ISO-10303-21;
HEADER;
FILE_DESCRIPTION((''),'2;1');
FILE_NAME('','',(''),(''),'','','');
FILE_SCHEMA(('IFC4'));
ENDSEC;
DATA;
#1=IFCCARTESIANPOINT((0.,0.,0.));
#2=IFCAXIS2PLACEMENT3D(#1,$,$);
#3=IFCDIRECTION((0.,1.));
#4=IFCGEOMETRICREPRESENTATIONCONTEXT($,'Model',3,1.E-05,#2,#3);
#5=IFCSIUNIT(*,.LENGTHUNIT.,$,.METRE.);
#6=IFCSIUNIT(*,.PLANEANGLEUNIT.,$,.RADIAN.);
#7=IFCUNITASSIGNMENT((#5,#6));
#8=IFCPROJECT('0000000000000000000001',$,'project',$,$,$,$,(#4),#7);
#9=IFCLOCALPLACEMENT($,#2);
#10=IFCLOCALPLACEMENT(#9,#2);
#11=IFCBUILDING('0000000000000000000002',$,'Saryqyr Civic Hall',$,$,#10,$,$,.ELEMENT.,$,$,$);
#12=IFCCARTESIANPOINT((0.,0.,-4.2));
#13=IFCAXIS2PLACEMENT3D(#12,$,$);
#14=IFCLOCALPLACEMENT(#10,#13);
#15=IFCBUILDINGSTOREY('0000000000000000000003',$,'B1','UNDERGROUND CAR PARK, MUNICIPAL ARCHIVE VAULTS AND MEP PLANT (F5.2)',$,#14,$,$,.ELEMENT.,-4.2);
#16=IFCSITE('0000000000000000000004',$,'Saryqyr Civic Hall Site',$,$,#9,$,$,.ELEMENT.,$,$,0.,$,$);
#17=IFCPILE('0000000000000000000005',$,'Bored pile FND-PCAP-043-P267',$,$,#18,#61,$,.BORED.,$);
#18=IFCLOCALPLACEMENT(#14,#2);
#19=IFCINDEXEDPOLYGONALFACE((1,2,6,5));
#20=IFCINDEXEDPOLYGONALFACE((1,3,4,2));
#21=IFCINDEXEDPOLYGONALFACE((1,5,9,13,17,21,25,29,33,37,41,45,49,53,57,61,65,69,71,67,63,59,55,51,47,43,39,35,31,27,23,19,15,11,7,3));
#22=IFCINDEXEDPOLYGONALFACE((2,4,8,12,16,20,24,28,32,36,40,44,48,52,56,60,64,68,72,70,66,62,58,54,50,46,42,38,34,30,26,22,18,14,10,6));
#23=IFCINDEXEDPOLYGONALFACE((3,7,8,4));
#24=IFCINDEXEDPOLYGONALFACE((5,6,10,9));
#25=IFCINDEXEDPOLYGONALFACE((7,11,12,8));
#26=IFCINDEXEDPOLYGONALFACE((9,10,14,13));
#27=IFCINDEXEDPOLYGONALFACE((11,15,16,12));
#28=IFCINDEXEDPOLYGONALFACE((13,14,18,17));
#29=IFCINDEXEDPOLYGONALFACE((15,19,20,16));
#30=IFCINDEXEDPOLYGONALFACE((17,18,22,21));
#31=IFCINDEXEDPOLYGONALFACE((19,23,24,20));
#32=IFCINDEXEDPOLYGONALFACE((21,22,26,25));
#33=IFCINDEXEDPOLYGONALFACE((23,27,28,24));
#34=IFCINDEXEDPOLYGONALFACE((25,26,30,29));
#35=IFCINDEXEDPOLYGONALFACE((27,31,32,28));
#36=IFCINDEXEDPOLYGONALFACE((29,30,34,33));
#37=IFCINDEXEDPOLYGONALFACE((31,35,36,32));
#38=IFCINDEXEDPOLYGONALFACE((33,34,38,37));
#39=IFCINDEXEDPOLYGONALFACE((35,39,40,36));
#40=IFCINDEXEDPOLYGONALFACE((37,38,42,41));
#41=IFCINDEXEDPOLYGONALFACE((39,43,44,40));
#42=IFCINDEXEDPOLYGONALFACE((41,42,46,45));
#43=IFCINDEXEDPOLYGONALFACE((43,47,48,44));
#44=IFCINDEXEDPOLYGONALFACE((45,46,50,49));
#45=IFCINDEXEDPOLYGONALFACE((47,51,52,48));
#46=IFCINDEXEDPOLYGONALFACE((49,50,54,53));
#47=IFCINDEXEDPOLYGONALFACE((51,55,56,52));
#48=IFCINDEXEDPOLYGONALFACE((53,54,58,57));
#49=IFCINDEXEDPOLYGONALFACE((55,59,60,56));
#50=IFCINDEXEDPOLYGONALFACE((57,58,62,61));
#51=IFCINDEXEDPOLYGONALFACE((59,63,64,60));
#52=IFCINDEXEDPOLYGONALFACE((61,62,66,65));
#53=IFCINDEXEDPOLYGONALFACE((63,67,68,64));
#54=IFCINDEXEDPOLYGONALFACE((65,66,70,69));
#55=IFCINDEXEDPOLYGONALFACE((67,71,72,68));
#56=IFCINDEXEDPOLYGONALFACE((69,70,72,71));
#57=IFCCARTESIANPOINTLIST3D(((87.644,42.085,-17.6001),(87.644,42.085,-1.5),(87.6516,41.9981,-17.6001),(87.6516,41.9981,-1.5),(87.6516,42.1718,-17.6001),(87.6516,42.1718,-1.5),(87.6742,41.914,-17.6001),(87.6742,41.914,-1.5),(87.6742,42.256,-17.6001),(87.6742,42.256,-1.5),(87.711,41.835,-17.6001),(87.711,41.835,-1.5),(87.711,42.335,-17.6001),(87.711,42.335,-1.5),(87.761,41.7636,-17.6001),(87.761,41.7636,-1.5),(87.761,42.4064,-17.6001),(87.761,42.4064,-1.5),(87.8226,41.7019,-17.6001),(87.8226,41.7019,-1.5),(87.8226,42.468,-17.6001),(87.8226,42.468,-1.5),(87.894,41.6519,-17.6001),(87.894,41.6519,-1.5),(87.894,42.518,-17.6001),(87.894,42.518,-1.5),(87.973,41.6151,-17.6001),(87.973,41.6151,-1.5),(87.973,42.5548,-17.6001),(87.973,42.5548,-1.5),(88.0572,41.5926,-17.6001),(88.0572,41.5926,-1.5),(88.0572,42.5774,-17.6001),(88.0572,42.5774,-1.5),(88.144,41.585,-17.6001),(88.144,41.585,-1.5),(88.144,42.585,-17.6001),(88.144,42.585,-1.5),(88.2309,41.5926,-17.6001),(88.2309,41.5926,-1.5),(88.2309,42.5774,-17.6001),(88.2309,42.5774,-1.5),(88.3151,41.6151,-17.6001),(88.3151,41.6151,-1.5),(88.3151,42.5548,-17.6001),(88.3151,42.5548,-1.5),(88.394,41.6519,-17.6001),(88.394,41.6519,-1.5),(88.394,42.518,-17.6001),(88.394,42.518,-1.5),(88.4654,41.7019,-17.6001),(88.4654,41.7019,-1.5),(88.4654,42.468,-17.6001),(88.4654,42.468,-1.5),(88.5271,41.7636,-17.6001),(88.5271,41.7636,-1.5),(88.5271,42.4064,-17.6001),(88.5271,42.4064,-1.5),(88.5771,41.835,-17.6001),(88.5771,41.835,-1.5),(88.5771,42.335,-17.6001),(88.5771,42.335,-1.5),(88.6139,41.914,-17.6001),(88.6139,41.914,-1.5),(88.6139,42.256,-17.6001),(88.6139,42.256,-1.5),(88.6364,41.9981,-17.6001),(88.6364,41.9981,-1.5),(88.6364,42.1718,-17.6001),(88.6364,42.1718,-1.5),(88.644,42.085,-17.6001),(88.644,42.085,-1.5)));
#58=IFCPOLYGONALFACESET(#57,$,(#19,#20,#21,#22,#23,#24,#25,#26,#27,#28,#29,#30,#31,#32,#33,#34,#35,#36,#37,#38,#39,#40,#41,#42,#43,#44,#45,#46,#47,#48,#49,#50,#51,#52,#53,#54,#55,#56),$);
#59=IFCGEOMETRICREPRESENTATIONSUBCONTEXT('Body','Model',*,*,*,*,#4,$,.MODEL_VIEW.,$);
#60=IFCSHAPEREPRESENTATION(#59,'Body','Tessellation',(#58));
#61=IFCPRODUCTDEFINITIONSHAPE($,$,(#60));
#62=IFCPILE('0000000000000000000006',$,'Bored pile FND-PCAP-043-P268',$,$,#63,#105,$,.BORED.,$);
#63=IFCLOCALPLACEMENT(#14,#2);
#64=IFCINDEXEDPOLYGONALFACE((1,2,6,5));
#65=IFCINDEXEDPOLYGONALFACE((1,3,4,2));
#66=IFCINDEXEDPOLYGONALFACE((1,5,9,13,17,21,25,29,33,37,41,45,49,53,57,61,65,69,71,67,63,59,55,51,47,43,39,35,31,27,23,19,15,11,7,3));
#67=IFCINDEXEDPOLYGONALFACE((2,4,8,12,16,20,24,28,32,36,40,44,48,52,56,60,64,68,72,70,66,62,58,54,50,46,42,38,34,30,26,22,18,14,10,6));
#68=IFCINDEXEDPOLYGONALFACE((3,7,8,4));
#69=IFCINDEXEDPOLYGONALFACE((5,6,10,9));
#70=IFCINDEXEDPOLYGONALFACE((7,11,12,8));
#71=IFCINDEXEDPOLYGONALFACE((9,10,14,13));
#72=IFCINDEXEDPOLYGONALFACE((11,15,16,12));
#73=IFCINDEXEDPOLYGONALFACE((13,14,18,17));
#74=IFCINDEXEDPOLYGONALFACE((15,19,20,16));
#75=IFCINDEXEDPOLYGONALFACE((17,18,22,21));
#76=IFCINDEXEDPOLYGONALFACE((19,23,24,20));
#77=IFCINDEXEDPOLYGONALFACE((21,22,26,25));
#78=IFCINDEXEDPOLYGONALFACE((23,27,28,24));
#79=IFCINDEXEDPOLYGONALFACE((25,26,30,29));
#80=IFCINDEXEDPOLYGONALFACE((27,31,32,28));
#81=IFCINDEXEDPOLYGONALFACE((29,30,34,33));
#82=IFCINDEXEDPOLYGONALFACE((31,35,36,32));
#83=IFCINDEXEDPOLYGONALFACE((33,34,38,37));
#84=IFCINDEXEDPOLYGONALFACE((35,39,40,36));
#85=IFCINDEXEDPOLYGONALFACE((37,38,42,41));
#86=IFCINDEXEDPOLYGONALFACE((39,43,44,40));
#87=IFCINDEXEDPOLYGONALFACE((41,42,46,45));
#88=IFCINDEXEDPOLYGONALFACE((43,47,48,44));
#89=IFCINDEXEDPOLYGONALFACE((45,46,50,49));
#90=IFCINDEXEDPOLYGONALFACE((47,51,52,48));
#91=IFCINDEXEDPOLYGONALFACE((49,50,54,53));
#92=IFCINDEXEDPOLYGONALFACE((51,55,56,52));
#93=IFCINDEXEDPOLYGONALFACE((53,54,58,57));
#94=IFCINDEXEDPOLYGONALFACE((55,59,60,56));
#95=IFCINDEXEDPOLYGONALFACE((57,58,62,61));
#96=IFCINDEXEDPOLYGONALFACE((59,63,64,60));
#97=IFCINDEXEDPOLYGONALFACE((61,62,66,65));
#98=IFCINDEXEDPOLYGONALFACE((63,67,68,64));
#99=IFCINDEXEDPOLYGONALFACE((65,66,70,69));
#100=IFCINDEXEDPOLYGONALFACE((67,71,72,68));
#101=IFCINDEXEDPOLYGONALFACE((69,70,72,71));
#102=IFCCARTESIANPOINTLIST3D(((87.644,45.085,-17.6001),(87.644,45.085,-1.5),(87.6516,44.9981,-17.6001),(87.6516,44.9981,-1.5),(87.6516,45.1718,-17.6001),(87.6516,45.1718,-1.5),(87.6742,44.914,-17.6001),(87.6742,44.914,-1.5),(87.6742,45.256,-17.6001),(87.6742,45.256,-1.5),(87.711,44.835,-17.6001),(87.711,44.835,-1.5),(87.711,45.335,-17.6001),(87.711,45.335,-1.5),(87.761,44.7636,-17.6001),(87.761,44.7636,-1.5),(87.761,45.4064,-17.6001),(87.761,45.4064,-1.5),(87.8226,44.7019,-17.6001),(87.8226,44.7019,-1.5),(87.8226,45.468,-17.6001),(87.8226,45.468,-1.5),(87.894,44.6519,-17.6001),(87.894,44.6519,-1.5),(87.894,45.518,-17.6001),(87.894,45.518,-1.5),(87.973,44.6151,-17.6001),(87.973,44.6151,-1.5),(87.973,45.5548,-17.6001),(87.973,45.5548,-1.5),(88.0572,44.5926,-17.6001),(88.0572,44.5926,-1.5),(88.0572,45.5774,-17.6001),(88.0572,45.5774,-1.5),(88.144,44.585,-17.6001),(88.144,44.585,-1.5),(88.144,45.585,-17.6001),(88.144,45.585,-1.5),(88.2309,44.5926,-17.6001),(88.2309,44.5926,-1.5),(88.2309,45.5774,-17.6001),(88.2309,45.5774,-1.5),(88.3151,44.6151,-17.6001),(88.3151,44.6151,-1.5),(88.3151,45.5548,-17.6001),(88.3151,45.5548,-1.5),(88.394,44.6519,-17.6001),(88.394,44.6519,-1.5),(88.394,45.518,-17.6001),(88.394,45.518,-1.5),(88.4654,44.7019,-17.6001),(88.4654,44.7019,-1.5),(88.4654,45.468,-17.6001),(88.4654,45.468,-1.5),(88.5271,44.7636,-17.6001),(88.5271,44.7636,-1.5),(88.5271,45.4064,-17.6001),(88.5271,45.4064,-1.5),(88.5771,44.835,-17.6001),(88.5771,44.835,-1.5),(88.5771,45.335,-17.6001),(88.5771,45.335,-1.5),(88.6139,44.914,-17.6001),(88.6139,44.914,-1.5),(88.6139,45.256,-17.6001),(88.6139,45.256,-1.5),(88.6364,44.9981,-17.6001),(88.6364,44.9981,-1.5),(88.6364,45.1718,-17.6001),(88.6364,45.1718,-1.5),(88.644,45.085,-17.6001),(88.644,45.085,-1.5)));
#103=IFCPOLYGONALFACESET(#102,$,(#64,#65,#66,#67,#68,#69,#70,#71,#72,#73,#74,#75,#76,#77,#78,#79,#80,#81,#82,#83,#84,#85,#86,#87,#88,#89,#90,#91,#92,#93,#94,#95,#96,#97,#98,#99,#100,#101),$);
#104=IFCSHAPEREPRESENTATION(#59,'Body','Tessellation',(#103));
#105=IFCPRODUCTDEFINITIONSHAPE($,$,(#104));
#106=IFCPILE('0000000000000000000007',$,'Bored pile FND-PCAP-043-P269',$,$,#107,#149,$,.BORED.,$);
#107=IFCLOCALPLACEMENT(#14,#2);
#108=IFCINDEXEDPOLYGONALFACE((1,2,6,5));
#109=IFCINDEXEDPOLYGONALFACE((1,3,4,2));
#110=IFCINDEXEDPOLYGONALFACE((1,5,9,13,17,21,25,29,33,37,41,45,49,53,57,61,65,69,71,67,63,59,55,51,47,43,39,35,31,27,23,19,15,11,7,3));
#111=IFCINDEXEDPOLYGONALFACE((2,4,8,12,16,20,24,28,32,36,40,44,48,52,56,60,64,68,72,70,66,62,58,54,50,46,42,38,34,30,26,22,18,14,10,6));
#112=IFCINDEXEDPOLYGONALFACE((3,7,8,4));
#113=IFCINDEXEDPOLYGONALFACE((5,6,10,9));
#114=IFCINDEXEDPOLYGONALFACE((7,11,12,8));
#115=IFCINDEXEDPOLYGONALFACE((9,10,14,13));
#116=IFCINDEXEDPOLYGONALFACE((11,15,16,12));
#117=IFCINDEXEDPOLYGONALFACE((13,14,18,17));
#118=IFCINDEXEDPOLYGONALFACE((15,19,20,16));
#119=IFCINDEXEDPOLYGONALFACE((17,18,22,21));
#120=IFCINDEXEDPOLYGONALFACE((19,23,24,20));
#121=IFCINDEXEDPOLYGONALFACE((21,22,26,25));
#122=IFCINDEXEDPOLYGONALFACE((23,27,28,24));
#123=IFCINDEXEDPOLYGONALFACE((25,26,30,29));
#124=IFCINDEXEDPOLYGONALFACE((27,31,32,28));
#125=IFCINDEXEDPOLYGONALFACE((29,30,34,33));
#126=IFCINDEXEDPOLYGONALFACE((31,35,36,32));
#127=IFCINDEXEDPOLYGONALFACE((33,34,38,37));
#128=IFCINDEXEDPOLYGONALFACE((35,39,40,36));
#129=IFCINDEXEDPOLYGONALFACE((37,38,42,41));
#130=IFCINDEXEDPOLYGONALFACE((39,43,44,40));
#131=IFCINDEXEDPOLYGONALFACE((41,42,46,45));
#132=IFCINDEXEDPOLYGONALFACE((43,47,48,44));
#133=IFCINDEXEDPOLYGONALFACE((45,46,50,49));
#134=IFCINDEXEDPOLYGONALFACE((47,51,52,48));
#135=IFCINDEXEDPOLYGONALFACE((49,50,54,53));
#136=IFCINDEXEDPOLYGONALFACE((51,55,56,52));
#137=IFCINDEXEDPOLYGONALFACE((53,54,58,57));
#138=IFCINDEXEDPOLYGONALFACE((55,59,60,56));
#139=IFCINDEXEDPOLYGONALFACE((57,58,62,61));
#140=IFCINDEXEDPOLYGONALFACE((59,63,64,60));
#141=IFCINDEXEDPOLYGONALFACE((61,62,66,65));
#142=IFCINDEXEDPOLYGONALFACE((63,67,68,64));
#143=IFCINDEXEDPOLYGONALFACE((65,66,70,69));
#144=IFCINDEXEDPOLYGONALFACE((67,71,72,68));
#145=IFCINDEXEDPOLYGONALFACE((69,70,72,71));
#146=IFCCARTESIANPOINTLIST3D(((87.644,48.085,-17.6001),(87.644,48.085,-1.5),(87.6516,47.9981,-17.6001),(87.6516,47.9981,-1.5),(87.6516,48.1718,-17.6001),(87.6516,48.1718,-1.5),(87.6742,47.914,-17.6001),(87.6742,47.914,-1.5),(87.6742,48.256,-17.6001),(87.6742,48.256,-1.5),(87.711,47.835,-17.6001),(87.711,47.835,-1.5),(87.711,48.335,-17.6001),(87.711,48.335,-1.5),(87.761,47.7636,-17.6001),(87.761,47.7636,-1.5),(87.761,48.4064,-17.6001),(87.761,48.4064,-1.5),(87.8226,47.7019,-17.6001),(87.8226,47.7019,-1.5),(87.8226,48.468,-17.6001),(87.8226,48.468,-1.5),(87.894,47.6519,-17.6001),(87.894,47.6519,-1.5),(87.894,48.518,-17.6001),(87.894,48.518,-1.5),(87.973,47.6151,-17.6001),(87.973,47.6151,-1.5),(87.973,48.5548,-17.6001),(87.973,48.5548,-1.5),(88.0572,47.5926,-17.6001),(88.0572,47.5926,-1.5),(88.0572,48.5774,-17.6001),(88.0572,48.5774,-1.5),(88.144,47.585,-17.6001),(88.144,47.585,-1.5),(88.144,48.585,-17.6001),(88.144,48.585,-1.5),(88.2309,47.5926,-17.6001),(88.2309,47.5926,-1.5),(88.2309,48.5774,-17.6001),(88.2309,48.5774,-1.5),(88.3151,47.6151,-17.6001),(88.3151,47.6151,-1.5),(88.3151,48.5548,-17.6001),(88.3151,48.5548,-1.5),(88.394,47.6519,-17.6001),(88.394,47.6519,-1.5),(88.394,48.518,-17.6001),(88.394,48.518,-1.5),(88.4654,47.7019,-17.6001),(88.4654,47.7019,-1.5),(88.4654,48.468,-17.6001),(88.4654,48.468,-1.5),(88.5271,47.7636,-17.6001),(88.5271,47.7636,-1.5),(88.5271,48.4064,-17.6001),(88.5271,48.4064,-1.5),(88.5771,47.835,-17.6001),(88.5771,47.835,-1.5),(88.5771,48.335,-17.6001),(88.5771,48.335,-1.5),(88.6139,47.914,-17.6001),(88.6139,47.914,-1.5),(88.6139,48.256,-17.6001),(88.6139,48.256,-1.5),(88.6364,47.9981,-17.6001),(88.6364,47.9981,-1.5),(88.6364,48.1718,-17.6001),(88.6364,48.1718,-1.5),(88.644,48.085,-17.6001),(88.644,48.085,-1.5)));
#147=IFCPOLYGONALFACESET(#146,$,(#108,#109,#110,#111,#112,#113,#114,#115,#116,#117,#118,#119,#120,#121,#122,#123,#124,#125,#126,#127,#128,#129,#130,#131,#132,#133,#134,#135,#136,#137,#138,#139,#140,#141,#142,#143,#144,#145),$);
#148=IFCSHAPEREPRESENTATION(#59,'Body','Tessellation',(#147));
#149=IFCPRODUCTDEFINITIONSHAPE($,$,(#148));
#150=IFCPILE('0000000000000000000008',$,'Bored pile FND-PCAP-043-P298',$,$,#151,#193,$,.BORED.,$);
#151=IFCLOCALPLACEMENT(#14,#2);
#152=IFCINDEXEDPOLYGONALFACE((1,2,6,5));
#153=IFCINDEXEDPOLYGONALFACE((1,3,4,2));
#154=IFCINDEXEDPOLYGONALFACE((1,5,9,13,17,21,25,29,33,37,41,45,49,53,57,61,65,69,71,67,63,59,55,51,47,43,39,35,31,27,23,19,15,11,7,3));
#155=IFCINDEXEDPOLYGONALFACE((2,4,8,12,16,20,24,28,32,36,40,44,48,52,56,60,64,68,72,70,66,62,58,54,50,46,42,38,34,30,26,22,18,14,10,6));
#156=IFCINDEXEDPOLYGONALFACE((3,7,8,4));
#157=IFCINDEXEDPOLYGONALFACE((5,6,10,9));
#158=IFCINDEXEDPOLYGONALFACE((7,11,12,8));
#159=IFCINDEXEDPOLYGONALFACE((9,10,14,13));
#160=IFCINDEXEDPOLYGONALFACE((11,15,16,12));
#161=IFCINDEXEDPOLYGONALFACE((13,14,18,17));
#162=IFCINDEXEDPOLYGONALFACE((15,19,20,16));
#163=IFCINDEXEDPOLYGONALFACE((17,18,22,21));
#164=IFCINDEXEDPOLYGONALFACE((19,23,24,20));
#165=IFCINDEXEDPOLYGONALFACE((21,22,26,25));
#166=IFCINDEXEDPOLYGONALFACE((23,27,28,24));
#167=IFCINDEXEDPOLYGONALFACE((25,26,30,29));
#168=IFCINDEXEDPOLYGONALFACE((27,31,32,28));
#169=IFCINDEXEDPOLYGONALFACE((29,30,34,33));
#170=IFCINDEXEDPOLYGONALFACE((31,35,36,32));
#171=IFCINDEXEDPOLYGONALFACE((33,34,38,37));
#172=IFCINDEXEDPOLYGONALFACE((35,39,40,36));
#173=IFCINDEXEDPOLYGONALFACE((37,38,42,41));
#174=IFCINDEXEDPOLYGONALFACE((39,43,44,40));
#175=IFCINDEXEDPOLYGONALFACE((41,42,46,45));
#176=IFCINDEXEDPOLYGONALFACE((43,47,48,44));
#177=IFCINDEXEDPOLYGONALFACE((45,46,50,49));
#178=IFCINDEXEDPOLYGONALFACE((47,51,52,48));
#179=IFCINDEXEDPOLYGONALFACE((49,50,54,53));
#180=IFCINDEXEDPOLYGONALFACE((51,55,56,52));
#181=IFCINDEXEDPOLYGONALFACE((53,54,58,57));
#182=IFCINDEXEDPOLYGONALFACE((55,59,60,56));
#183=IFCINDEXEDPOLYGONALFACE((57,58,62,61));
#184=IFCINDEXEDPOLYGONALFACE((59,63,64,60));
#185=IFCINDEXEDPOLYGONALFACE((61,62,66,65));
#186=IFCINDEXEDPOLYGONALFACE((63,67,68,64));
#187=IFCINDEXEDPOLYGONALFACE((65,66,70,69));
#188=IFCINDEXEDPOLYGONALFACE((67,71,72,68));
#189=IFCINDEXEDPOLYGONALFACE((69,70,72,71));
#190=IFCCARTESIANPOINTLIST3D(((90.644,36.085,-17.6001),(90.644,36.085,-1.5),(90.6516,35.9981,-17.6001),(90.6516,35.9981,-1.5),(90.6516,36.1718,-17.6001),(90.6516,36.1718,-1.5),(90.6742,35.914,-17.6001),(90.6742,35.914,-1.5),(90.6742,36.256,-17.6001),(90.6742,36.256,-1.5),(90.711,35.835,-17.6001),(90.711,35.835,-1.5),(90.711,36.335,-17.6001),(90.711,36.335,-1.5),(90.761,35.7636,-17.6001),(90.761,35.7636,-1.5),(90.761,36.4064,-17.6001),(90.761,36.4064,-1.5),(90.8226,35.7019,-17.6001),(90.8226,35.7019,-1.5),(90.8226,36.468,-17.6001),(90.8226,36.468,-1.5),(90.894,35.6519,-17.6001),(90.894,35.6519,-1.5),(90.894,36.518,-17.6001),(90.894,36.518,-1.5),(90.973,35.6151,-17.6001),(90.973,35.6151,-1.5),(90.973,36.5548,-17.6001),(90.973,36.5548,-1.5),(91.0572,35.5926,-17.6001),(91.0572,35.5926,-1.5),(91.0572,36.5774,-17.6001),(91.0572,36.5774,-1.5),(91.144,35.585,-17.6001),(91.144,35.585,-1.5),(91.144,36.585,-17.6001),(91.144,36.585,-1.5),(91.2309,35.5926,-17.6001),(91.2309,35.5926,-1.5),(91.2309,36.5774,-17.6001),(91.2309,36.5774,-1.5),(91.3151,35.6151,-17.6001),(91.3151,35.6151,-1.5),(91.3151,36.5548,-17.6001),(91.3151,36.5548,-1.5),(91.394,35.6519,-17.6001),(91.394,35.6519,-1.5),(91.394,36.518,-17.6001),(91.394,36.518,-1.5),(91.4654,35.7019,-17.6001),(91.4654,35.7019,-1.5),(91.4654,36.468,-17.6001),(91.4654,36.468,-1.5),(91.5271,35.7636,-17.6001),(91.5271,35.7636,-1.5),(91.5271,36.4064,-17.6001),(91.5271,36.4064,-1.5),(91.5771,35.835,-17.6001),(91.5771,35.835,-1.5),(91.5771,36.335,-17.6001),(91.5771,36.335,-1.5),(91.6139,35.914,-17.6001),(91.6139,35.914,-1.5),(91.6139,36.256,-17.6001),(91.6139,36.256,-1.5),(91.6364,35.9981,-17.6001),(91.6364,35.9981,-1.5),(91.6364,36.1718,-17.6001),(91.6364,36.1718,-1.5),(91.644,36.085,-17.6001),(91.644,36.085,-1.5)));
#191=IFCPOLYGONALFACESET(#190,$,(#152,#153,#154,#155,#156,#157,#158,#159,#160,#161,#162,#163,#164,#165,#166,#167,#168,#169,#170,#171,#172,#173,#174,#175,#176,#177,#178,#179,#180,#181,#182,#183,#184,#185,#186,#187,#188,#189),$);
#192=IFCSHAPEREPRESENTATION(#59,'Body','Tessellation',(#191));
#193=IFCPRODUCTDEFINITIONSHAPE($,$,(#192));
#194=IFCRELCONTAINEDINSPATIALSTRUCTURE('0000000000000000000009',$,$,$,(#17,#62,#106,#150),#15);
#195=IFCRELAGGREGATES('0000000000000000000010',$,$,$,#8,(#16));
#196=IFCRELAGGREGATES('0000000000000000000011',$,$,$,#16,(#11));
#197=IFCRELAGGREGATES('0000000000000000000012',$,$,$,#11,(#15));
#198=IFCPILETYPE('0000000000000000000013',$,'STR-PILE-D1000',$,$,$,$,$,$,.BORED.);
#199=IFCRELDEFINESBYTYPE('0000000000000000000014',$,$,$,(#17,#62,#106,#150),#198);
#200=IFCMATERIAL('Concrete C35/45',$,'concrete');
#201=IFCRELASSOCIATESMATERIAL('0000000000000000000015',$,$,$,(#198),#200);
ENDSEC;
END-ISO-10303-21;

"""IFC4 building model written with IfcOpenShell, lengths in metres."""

from ifc_helpers import new_model, si_unit, direction, frame, origin, origin_2d, place, context, subcontext, project, spatial, circle, extrude, material, material_profile, profile_set, type_object, element, save


model = new_model("IFC4")

# Units and contexts
model_context = context("Model", 3, precision=1e-05, world=origin(), true_north=direction((0.0, 1.0)))
body_context = subcontext(model_context, "Body", "Model", "MODEL_VIEW")
ifc_project = project(units=[si_unit("LENGTHUNIT", "METRE"), si_unit("PLANEANGLEUNIT", "RADIAN")], contexts=[model_context])

# Site, building, storey
site_placement = place(None, origin())
site = spatial("IfcSite", under=ifc_project, at=site_placement, Name="Saryqyr Civic Hall Site", CompositionType="ELEMENT", RefElevation=0.0)
building_placement = place(site_placement, origin())
building = spatial("IfcBuilding", under=site, at=building_placement, Name="Saryqyr Civic Hall", CompositionType="ELEMENT")
storey_placement = place(building_placement, frame((0.0, 0.0, -4.2)))
storey = spatial("IfcBuildingStorey", under=building, at=storey_placement, Name="B1", Description="UNDERGROUND CAR PARK, MUNICIPAL ARCHIVE VAULTS AND MEP PLANT (F5.2)", CompositionType="ELEMENT", Elevation=-4.2)

# Shared definitions
ifc_material_1 = material(Name="Concrete C35/45", Category="concrete")

# Piles
ifc_material_profile_1 = material_profile(ifc_material_1, circle(Radius=0.5, at=origin_2d()), Name="BORED PILE D1000")
ifc_profile_set_1 = profile_set([ifc_material_profile_1], Name="Concrete C35/45")
pile_type_1 = type_object("IfcPileType", Name="STR-PILE-D1000", PredefinedType="BORED", material=ifc_profile_set_1)
for number, where, z_axis, x_axis, name in (
    (1, (88.144, 42.085, -1.5), (0.0, 0.0, -1.0), (1.0, 0.0, 0.0), "Bored pile FND-PCAP-043-P267"),
    (2, (88.144, 45.085, -1.5), (0.0, 0.0, -1.0), (1.0, 0.0, 0.0), "Bored pile FND-PCAP-043-P268"),
    (3, (88.144, 48.085, -1.5), (0.0, 0.0, -1.0), (1.0, 0.0, 0.0), "Bored pile FND-PCAP-043-P269"),
    (4, (91.144, 36.085, -1.5), (0.0, 0.0, -1.0), (1.0, 0.0, 0.0), "Bored pile FND-PCAP-043-P298"),
):
    element("IfcPile", number, at=place(storey_placement, frame(where, z_axis=z_axis, x_axis=x_axis)), inside=storey, type_object=pile_type_1, Name=name, PredefinedType="BORED", context=body_context, shape_type="SweptSolid", body=[
        extrude(circle(Radius=0.5, at=origin_2d()), origin(), (0.0, 0.0, 1.0), 16.1001),
    ])

save(model, "model.ifc")
